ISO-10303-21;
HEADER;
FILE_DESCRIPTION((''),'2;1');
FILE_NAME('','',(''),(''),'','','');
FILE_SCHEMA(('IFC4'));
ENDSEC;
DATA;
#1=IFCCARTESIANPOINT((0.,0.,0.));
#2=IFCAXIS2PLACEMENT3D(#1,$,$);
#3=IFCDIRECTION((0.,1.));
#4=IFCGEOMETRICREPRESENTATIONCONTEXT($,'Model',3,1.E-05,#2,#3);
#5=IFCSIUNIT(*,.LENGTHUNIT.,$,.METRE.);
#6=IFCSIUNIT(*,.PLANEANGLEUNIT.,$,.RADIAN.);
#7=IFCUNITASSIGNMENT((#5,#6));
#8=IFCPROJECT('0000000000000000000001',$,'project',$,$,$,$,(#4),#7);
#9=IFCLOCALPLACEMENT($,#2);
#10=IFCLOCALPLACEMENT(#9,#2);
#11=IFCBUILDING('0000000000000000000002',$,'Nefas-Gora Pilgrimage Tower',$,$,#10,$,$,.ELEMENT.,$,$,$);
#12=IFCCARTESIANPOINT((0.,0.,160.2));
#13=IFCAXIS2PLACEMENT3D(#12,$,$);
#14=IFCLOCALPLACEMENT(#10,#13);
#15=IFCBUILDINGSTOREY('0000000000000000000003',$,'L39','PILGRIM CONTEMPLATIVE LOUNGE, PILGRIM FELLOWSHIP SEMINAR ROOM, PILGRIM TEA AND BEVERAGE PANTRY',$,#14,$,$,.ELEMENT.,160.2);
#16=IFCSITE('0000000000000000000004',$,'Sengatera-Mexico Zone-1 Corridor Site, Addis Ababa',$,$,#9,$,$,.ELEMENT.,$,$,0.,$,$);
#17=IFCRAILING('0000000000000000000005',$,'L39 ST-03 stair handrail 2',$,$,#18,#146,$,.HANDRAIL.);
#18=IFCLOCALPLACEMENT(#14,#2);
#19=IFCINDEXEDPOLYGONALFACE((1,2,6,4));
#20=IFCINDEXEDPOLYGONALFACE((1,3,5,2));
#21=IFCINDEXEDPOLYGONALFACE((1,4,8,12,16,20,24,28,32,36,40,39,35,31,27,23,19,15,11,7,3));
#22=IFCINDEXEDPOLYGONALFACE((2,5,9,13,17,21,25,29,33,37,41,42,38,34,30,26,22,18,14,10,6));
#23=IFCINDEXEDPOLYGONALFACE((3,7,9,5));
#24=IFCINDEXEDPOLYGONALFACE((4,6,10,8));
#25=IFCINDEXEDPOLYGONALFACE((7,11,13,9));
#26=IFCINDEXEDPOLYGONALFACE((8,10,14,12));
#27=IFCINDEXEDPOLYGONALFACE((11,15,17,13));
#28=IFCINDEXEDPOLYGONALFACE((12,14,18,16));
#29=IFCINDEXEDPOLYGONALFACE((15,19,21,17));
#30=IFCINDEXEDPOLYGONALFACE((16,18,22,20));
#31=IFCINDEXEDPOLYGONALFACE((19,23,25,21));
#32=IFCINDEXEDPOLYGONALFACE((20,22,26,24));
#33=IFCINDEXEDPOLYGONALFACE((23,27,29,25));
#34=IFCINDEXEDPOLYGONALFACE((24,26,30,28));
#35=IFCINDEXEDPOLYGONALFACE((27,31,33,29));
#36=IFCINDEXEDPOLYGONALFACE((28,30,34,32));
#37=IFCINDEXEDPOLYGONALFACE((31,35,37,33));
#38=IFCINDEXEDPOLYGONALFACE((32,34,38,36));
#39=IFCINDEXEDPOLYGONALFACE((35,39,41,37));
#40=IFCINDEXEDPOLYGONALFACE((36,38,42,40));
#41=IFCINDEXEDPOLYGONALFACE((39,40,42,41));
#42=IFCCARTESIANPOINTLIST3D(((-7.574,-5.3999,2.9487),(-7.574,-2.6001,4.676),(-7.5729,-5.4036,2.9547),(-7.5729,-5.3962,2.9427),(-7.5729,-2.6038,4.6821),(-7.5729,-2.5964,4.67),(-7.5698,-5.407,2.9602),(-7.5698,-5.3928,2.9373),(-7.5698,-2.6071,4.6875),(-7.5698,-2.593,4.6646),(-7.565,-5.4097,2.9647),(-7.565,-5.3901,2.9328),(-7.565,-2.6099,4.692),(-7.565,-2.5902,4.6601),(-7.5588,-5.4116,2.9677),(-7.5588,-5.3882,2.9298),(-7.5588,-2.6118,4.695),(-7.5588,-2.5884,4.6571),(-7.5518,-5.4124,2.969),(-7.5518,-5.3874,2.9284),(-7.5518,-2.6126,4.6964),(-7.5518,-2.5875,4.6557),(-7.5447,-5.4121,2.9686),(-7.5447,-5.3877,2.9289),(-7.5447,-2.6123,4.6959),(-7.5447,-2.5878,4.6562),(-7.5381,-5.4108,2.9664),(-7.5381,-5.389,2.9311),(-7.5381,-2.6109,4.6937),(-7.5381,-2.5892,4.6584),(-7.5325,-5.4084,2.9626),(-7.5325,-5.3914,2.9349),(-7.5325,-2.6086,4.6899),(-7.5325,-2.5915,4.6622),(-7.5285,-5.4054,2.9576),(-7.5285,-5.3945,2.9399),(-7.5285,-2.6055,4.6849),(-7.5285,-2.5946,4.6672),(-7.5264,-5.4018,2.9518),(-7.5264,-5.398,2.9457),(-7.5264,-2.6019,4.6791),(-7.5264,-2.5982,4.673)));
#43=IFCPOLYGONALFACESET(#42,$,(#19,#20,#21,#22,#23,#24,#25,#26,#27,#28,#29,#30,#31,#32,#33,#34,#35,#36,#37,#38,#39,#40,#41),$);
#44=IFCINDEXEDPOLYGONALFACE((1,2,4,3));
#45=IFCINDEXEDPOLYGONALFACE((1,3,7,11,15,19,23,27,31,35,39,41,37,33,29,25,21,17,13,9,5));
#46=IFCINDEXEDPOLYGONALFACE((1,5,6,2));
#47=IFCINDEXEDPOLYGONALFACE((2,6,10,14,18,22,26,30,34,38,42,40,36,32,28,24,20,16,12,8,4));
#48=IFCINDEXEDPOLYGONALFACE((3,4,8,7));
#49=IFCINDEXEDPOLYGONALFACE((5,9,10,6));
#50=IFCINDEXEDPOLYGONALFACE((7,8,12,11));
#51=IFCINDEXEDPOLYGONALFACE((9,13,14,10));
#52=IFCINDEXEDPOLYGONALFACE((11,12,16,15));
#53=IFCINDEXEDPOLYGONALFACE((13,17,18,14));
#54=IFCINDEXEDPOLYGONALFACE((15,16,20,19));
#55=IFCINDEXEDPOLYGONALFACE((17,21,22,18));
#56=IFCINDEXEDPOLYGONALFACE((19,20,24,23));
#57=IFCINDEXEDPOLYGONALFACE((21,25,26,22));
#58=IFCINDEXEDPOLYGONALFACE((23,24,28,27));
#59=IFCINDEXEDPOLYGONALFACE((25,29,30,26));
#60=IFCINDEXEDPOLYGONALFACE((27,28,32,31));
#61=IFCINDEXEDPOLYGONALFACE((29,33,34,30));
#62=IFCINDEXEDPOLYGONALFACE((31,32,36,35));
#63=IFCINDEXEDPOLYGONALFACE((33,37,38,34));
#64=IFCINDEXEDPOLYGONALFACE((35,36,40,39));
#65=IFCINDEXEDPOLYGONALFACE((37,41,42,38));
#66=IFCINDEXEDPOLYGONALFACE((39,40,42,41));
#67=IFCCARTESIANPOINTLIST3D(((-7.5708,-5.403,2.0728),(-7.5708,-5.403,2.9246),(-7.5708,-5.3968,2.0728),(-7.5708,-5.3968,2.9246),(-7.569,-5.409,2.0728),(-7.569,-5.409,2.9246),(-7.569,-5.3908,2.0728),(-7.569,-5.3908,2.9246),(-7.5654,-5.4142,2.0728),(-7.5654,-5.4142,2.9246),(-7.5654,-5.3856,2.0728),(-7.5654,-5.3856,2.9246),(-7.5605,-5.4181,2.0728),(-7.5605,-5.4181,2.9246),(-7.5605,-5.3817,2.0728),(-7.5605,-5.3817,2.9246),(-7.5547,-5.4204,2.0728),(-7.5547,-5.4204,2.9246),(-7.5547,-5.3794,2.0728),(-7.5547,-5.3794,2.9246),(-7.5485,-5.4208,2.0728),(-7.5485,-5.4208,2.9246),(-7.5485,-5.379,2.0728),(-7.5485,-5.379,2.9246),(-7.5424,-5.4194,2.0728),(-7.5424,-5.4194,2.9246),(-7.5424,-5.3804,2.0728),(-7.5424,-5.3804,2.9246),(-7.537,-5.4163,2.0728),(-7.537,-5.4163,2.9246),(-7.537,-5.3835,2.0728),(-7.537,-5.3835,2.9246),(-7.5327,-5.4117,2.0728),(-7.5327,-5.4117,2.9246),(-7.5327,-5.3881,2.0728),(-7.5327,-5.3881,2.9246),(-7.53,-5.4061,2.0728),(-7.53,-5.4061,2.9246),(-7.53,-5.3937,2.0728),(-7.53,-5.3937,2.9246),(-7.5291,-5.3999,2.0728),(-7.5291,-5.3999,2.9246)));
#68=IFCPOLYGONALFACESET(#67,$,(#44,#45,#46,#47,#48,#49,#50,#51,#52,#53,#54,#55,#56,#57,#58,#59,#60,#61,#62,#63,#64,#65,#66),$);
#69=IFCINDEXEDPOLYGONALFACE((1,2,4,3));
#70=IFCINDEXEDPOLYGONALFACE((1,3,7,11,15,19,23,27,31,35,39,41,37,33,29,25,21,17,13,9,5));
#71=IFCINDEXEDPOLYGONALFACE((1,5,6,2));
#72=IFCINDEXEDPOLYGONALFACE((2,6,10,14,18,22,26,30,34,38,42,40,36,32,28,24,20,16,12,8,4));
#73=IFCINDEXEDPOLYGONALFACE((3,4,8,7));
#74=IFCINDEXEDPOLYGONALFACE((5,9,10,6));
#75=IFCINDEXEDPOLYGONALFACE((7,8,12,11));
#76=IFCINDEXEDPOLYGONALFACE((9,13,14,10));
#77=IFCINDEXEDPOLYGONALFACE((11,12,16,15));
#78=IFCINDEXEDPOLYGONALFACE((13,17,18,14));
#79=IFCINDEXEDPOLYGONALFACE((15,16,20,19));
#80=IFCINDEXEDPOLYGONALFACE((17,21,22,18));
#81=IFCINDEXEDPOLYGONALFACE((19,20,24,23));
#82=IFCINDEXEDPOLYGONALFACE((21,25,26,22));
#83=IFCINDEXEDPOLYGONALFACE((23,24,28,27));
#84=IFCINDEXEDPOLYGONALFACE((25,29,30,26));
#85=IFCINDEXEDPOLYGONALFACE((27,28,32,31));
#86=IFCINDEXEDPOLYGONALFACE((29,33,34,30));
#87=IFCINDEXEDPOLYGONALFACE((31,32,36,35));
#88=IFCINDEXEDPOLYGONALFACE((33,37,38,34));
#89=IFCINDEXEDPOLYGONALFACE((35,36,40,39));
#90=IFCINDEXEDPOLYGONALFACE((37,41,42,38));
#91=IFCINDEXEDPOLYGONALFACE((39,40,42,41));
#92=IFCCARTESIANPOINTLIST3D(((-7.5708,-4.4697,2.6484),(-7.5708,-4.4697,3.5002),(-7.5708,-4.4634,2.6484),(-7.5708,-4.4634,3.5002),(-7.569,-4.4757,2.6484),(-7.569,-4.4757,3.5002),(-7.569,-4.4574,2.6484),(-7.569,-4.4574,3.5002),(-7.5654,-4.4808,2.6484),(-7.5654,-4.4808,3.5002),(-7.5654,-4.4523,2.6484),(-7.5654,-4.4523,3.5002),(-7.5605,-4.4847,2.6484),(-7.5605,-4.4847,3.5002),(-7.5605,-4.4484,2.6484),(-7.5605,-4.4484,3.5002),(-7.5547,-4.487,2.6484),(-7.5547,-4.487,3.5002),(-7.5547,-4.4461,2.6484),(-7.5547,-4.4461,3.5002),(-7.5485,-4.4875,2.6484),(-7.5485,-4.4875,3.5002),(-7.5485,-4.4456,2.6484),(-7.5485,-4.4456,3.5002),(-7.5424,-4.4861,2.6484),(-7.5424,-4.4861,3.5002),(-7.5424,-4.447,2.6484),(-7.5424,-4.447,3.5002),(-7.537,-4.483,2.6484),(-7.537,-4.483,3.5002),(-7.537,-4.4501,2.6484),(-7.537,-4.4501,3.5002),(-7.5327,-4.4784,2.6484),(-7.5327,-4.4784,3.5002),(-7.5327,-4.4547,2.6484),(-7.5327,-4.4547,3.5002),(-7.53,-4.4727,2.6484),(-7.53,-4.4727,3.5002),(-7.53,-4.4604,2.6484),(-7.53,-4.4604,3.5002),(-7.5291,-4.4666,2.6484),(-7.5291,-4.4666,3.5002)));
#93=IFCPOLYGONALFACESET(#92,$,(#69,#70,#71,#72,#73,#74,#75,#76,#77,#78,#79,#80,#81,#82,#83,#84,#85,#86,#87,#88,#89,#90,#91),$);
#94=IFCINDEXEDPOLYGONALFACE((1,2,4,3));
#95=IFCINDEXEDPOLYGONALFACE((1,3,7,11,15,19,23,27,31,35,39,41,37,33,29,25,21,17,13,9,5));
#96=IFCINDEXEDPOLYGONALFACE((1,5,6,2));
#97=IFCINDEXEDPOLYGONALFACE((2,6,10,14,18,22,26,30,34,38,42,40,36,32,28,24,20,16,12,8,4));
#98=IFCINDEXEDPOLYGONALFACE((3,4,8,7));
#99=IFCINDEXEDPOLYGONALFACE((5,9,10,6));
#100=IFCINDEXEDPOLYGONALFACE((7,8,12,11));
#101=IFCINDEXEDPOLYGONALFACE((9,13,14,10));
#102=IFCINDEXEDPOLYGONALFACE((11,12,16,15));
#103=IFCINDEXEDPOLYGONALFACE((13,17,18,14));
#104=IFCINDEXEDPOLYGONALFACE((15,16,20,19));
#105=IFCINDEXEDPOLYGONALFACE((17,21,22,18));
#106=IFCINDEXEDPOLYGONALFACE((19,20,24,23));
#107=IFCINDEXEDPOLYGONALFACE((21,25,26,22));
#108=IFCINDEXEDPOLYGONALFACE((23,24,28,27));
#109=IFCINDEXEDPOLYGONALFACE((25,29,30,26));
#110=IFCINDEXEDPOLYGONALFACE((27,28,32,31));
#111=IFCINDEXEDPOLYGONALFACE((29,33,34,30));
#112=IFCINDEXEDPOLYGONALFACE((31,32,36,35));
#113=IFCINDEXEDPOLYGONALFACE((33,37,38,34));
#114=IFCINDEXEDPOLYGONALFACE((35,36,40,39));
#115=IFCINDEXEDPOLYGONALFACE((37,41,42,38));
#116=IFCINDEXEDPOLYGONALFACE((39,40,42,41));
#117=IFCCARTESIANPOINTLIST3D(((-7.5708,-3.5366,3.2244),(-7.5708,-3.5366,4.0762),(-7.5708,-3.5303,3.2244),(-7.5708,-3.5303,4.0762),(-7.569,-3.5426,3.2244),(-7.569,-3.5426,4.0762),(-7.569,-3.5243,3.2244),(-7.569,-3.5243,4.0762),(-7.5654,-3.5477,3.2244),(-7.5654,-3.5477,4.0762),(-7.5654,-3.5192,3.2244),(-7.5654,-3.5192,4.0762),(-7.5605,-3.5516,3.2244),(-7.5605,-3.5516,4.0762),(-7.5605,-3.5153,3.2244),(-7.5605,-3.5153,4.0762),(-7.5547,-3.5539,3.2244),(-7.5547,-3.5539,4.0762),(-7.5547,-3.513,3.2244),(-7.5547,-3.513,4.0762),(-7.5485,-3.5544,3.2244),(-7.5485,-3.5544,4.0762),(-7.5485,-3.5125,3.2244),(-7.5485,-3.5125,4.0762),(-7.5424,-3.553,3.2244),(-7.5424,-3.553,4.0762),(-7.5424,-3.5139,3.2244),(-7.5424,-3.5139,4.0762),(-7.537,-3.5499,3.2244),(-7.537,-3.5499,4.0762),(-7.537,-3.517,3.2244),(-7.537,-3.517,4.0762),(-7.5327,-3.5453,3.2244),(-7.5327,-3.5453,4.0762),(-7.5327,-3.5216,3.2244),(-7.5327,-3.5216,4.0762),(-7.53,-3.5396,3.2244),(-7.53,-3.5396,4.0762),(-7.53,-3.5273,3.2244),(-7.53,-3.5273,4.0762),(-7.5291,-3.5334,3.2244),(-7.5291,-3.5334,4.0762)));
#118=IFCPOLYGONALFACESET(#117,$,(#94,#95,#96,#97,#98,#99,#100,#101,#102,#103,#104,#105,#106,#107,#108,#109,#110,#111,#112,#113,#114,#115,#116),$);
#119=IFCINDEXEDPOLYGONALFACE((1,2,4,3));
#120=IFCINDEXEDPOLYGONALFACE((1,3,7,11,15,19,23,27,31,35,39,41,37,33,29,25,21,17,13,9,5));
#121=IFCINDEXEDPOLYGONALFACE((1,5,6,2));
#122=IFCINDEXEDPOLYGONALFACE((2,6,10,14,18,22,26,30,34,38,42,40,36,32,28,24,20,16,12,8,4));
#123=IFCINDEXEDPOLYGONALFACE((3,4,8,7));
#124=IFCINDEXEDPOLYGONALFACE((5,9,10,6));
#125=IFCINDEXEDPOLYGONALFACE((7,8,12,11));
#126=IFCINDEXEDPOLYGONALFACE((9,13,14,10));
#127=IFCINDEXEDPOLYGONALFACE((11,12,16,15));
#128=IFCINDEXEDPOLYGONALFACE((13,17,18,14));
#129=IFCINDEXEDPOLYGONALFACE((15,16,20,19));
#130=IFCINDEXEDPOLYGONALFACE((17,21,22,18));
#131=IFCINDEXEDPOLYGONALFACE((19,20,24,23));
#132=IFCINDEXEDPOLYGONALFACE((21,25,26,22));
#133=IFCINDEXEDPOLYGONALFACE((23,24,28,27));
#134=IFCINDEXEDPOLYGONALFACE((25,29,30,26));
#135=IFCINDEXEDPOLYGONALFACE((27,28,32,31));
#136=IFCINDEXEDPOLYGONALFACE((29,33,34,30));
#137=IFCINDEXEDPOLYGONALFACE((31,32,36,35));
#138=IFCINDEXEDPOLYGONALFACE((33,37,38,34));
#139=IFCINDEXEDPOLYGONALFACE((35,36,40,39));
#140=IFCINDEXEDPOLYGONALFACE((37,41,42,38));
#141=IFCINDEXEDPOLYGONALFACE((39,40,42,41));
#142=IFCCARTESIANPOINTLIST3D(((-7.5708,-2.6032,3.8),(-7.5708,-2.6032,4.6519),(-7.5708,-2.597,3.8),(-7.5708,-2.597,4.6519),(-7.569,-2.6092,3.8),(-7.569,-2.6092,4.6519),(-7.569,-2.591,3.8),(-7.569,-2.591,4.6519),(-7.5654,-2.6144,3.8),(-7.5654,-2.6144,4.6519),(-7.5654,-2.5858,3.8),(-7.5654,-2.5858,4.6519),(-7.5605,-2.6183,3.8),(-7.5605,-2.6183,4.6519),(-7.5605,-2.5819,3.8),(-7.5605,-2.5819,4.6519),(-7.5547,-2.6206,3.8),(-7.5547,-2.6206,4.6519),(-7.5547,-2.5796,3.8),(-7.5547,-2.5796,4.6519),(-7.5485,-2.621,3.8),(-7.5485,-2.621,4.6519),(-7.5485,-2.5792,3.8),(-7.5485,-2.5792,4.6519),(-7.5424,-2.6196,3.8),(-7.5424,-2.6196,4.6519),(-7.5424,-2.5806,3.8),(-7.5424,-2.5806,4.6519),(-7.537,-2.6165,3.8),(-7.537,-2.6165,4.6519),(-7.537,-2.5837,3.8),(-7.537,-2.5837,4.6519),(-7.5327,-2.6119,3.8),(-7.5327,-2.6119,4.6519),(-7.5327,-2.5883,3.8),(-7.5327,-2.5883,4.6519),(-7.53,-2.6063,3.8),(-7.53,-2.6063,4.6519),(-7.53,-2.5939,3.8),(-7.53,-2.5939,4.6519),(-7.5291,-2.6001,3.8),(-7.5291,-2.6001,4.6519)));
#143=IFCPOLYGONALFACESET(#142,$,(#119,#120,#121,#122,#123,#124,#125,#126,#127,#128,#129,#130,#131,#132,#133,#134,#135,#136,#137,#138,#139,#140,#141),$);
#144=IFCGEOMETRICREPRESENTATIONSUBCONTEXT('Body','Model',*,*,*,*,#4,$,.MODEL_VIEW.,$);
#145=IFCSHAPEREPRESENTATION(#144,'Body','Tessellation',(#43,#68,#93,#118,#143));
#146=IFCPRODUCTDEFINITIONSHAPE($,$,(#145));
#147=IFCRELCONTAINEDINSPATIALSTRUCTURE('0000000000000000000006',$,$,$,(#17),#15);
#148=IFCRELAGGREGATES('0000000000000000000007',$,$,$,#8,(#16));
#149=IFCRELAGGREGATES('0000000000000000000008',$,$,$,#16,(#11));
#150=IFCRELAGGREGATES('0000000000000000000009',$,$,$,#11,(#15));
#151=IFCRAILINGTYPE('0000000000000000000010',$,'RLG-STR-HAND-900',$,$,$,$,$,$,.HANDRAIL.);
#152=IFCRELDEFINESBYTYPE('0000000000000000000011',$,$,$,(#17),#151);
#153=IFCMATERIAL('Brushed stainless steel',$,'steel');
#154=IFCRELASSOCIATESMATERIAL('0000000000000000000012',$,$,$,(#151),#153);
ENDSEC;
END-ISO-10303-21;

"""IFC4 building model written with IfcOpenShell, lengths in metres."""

from ifc_helpers import new_model, si_unit, direction, frame, origin, origin_2d, place, context, subcontext, project, spatial, circle, extrude, material, type_object, element, save


model = new_model("IFC4")

# Units and contexts
model_context = context("Model", 3, precision=1e-05, world=origin(), true_north=direction((0.0, 1.0)))
body_context = subcontext(model_context, "Body", "Model", "MODEL_VIEW")
ifc_project = project(units=[si_unit("LENGTHUNIT", "METRE"), si_unit("PLANEANGLEUNIT", "RADIAN")], contexts=[model_context])

# Site, building, storey
site_placement = place(None, origin())
site = spatial("IfcSite", under=ifc_project, at=site_placement, Name="Sengatera-Mexico Zone-1 Corridor Site, Addis Ababa", CompositionType="ELEMENT", RefElevation=0.0)
building_placement = place(site_placement, origin())
building = spatial("IfcBuilding", under=site, at=building_placement, Name="Nefas-Gora Pilgrimage Tower", CompositionType="ELEMENT")
storey_placement = place(building_placement, frame((0.0, 0.0, 160.2)))
storey = spatial("IfcBuildingStorey", under=building, at=storey_placement, Name="L39", Description="PILGRIM CONTEMPLATIVE LOUNGE, PILGRIM FELLOWSHIP SEMINAR ROOM, PILGRIM TEA AND BEVERAGE PANTRY", CompositionType="ELEMENT", Elevation=160.2)

# Railing
ifc_material_1 = material(Name="Brushed stainless steel", Category="steel")
railing_type_1 = type_object("IfcRailingType", Name="RLG-STR-HAND-900", PredefinedType="HANDRAIL", material=ifc_material_1)
railing_1_placement = place(storey_placement, frame((-7.55, -5.3999, 2.0728)))
element("IfcRailing", 1, at=railing_1_placement, inside=storey, type_object=railing_type_1, Name="L39 ST-03 stair handrail 2", PredefinedType="HANDRAIL", context=body_context, shape_type="SweptSolid", body=[
    extrude(circle(Radius=0.0239, at=origin_2d()), frame((0.0, 0.0, 0.876), z_axis=(0.0, 0.851069, 0.525054), x_axis=(-1.0, 0.0, 0.0)), (0.0, 0.0, 1.0), 3.2898),
    extrude(circle(Radius=0.021, at=origin_2d()), origin(), (0.0, 0.0, 1.0), 0.8518),
    extrude(circle(Radius=0.021, at=origin_2d()), frame((0.0, 0.9333, 0.5757)), (0.0, 0.0, 1.0), 0.8518),
    extrude(circle(Radius=0.021, at=origin_2d()), frame((0.0, 1.8665, 1.1516)), (0.0, 0.0, 1.0), 0.8518),
    extrude(circle(Radius=0.021, at=origin_2d()), frame((0.0, 2.7998, 1.7273)), (0.0, 0.0, 1.0), 0.8518),
])

save(model, "model.ifc")
